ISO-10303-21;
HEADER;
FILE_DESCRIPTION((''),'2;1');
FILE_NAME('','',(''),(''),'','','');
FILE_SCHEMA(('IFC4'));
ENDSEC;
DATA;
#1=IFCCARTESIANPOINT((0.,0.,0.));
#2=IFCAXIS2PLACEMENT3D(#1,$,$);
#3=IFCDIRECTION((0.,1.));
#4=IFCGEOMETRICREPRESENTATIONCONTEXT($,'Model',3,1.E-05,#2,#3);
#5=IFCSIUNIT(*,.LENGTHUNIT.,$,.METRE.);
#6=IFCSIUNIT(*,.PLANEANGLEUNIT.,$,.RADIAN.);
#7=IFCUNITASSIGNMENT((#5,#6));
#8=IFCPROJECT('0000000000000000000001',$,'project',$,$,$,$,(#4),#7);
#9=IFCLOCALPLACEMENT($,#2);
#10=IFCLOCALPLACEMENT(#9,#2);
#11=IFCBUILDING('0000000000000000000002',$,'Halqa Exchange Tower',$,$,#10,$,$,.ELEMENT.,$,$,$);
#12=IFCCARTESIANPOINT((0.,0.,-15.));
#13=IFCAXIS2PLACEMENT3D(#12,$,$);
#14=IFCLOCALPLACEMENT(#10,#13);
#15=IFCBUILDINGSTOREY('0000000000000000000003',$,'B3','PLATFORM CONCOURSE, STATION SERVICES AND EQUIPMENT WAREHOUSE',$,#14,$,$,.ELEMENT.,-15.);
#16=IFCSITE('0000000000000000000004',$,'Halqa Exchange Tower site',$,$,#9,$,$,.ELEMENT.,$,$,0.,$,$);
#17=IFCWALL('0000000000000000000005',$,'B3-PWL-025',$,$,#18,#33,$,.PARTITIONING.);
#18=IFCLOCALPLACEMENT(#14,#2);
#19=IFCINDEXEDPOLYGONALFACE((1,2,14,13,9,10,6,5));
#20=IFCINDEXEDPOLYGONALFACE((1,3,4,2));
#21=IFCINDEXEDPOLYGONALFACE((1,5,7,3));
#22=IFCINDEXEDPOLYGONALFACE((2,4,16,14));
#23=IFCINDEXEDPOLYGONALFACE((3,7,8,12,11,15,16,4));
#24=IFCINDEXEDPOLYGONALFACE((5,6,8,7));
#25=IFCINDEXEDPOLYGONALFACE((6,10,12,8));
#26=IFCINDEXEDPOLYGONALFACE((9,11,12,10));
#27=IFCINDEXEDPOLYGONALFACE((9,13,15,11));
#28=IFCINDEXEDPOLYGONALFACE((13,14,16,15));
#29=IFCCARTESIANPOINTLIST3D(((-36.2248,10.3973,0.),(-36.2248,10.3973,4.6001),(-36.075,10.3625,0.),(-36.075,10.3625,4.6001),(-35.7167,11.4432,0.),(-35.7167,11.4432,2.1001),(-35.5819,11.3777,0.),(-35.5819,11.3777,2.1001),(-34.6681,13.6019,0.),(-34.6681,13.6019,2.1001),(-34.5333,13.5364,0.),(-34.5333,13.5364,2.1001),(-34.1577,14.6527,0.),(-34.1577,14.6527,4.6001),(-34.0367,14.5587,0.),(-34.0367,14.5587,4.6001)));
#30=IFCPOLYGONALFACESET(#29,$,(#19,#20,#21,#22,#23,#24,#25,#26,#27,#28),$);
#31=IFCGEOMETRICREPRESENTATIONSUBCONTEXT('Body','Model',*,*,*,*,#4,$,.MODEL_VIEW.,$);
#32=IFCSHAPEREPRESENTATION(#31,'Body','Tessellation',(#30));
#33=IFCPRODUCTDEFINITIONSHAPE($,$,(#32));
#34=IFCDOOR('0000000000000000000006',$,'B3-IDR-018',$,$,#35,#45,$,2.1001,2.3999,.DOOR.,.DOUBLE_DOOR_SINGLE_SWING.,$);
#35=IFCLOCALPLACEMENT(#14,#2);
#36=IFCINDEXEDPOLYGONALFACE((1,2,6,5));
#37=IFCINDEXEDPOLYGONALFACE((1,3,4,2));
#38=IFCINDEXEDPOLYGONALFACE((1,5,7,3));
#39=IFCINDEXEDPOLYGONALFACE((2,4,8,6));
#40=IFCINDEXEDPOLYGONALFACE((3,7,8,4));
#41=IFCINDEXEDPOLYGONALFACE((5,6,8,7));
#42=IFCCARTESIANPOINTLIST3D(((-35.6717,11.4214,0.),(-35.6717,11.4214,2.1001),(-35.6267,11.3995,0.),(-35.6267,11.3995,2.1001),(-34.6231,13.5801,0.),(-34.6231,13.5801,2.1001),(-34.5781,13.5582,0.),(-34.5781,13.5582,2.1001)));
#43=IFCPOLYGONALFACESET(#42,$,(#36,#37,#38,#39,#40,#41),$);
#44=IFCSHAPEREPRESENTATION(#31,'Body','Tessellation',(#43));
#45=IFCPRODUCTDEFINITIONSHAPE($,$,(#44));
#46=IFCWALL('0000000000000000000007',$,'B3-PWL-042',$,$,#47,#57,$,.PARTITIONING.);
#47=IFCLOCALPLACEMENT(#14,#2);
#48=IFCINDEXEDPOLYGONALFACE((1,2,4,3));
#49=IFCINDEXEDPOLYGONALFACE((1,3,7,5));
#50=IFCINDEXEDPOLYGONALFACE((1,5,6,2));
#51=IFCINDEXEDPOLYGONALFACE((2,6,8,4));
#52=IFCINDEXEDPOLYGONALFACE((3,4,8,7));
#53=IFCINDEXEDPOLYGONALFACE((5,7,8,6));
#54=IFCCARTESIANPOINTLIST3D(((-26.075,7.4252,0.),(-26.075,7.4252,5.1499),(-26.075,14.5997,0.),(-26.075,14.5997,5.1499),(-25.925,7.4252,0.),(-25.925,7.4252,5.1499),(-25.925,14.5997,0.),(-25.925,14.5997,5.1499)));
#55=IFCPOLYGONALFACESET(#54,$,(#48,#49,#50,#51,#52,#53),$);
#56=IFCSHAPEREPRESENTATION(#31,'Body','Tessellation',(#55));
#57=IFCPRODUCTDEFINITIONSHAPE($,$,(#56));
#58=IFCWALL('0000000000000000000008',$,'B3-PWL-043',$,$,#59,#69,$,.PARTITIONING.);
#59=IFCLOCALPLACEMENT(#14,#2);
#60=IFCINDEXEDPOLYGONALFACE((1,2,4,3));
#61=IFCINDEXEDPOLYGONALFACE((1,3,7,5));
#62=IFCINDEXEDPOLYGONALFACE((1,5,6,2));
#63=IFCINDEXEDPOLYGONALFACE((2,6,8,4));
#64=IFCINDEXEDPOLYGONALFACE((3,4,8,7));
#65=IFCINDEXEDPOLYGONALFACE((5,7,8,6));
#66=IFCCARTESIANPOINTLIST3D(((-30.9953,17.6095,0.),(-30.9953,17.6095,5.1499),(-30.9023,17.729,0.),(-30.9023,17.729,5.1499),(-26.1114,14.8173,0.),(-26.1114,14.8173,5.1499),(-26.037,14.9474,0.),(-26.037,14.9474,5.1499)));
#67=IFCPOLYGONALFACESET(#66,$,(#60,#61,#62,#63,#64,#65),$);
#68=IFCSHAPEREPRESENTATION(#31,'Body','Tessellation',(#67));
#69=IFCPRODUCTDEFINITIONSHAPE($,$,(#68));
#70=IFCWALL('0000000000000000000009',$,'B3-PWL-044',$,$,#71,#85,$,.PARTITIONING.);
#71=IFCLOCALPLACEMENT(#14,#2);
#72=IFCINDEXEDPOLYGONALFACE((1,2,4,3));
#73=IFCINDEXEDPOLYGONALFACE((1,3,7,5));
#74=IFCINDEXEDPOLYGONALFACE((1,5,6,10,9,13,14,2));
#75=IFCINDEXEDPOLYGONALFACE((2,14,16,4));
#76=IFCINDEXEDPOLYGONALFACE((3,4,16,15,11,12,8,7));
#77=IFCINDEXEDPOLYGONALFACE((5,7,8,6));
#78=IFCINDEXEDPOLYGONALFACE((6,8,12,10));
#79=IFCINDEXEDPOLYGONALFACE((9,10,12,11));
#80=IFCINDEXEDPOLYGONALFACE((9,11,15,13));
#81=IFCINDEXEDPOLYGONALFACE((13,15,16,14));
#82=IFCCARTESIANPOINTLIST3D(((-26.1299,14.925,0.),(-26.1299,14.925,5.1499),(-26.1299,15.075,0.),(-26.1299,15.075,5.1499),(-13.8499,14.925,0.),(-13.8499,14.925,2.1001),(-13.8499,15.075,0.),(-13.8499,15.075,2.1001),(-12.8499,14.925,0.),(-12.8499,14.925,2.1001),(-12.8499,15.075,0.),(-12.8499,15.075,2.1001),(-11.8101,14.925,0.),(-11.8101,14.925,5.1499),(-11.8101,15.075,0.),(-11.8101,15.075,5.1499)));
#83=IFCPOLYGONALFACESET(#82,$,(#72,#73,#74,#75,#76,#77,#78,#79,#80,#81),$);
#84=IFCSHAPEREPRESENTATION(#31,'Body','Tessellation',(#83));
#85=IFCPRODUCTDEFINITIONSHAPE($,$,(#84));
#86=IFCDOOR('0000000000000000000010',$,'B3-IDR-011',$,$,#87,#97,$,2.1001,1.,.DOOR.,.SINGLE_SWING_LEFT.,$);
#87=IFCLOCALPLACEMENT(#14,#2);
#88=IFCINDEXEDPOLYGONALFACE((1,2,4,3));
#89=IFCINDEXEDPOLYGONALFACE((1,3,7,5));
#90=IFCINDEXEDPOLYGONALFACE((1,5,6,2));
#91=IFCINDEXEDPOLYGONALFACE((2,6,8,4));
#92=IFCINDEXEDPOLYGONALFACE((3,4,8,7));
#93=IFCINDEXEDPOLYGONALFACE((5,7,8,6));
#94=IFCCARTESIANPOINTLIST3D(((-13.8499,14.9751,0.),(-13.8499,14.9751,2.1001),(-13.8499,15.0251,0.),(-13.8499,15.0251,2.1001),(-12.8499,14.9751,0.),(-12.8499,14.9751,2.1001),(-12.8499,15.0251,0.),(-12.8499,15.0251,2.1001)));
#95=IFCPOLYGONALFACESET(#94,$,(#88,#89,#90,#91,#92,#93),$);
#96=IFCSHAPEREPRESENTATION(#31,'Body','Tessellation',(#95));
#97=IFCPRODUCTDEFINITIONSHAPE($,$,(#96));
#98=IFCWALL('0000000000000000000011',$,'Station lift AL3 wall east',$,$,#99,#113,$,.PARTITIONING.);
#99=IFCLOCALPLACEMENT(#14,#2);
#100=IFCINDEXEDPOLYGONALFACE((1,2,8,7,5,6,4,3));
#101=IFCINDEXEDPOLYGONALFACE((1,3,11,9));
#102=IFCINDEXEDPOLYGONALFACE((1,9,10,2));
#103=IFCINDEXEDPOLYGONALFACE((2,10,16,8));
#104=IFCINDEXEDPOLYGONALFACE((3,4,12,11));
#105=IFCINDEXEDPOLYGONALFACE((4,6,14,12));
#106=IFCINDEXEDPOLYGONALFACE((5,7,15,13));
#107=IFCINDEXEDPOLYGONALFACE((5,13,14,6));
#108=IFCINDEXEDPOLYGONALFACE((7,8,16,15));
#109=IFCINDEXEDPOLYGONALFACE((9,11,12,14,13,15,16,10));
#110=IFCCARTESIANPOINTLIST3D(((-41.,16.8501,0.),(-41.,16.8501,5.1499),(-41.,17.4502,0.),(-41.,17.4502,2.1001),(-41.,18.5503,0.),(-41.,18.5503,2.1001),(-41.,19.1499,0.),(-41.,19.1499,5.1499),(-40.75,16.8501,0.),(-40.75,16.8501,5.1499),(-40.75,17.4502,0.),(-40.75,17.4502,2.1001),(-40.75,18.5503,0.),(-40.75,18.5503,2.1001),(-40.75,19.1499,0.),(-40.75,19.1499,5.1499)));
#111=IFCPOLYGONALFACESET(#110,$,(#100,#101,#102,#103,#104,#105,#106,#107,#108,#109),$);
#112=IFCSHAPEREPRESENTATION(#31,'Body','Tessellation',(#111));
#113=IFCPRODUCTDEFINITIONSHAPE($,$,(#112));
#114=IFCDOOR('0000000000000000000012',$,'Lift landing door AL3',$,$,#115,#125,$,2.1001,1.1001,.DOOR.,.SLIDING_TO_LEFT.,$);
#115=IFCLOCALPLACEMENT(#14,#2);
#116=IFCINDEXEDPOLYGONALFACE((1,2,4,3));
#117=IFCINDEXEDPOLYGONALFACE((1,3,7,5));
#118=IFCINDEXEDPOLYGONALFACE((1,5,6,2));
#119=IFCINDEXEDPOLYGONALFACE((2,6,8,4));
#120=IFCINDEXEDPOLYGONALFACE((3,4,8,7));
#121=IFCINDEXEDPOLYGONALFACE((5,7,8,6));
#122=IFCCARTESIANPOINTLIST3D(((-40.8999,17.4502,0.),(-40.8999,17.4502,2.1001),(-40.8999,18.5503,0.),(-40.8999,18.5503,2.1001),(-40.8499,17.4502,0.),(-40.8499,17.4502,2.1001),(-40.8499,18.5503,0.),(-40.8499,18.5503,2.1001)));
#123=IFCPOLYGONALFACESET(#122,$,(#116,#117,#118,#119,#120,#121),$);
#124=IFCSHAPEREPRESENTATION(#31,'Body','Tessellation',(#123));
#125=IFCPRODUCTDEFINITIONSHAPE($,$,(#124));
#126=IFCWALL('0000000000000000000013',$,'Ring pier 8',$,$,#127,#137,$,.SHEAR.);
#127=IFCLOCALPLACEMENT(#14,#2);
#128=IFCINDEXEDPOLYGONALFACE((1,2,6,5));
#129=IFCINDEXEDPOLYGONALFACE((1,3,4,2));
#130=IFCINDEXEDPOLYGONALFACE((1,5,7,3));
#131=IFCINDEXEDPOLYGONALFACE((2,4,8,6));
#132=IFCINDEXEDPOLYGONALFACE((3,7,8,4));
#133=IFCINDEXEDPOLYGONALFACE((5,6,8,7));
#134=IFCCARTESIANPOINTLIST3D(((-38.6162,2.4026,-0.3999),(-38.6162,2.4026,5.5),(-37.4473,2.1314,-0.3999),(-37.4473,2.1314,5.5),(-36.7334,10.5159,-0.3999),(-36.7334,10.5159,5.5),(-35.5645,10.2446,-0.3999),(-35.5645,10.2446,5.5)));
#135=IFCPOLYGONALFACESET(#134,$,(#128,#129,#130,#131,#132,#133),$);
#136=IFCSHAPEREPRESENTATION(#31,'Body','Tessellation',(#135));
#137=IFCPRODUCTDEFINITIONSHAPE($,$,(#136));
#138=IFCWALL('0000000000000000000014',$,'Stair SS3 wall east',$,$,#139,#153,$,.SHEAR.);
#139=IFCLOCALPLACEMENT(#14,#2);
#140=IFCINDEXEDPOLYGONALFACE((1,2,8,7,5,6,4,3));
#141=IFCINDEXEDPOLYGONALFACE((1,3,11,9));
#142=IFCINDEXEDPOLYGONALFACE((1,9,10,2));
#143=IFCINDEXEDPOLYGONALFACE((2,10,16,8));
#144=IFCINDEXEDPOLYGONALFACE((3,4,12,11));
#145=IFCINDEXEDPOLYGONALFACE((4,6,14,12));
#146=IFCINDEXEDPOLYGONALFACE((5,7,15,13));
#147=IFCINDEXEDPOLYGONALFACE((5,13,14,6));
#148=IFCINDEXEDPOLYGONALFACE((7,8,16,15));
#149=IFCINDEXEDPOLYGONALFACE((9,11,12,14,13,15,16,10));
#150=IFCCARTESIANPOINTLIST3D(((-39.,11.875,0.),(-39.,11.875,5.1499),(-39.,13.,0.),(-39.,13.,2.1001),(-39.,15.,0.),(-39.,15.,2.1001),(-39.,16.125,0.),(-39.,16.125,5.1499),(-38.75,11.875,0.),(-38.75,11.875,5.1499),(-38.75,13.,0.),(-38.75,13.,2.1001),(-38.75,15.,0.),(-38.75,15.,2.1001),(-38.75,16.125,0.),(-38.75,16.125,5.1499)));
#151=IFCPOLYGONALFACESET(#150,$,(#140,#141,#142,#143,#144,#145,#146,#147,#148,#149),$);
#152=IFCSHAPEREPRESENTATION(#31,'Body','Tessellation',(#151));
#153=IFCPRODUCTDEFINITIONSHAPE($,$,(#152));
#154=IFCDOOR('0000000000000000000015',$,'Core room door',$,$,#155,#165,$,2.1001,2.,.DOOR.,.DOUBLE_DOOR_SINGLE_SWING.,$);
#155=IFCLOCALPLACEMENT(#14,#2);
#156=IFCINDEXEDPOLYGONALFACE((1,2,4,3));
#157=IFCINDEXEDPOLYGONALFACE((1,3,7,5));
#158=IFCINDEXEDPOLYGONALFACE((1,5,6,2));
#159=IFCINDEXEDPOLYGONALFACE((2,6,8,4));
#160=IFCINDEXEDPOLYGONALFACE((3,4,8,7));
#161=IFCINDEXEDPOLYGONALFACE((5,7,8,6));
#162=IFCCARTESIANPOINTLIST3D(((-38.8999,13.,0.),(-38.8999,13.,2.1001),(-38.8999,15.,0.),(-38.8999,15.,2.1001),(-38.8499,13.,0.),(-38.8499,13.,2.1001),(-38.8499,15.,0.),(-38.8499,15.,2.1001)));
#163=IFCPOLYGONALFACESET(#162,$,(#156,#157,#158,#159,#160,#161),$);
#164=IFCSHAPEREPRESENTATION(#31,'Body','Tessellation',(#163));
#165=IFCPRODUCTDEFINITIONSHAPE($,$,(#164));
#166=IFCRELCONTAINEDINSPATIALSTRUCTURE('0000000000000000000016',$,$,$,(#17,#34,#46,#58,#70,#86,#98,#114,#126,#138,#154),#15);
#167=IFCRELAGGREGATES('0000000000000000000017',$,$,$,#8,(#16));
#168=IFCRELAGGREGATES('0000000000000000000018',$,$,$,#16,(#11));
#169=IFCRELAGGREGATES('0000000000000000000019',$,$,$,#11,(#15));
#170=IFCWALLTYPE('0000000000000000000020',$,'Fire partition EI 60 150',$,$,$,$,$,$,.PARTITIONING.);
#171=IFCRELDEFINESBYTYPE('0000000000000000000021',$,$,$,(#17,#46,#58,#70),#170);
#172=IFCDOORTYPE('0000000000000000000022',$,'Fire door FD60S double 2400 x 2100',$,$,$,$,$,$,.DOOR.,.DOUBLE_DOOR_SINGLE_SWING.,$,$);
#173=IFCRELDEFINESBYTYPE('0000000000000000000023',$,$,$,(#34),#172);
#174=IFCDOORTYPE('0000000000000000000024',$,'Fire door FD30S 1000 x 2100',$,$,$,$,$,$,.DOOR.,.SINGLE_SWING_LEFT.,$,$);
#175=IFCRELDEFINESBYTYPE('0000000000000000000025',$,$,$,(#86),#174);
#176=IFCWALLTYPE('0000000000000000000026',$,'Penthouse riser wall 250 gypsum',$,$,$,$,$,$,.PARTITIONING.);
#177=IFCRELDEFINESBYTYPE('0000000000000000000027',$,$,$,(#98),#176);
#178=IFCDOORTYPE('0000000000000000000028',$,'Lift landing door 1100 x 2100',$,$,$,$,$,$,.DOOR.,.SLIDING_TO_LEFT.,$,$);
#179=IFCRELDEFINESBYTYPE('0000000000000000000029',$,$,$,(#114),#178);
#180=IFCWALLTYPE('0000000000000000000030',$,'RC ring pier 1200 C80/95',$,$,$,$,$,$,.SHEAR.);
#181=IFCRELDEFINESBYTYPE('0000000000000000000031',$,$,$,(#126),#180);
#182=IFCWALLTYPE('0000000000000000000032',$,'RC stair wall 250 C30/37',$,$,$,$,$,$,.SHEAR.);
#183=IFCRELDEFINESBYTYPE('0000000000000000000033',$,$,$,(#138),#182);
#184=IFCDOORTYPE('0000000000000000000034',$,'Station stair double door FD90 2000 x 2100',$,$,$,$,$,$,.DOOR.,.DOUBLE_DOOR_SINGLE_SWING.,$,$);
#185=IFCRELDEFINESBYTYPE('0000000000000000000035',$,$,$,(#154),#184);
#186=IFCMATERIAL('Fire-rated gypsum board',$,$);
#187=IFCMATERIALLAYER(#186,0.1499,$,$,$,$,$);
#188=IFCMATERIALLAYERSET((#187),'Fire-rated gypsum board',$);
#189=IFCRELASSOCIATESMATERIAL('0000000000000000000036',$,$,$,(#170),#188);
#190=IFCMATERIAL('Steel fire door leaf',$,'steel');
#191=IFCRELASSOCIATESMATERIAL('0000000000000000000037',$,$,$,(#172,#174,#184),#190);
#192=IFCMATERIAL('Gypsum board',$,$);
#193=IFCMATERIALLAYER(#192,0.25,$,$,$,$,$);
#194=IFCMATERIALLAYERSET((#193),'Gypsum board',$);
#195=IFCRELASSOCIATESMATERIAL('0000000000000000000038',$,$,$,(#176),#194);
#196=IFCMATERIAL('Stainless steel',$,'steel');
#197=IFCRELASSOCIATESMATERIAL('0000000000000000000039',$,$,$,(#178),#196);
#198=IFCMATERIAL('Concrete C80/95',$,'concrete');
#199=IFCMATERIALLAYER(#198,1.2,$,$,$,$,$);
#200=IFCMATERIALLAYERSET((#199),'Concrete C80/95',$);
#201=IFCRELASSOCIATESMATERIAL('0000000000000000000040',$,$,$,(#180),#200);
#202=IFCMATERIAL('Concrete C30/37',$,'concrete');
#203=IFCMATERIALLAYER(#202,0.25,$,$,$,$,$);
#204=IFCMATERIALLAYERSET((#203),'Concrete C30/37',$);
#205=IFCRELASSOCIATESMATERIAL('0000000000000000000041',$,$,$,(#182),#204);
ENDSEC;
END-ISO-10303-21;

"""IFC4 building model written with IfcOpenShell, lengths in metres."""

from ifc_helpers import new_model, si_unit, direction, frame, frame_2d, origin, place, context, subcontext, project, spatial, polyline, rectangle, outline, extrude, material, layer, layer_set, type_object, element, fill, save


model = new_model("IFC4")

# Units and contexts
model_context = context("Model", 3, precision=1e-05, world=origin(), true_north=direction((0.0, 1.0)))
body_context = subcontext(model_context, "Body", "Model", "MODEL_VIEW")
ifc_project = project(units=[si_unit("LENGTHUNIT", "METRE"), si_unit("PLANEANGLEUNIT", "RADIAN")], contexts=[model_context])

# Site, building, storey
site_placement = place(None, origin())
site = spatial("IfcSite", under=ifc_project, at=site_placement, Name="Halqa Exchange Tower site", CompositionType="ELEMENT", RefElevation=0.0)
building_placement = place(site_placement, origin())
building = spatial("IfcBuilding", under=site, at=building_placement, Name="Halqa Exchange Tower", CompositionType="ELEMENT")
storey_placement = place(building_placement, frame((0.0, 0.0, -15.0)))
storey = spatial("IfcBuildingStorey", under=building, at=storey_placement, Name="B3", Description="PLATFORM CONCOURSE, STATION SERVICES AND EQUIPMENT WAREHOUSE", CompositionType="ELEMENT", Elevation=-15.0)

# Shared definitions
ifc_material_1 = material(Name="Fire-rated gypsum board")
ifc_layer_1 = layer(ifc_material_1, 0.1499)
ifc_layer_set_1 = layer_set([ifc_layer_1], Name="Fire-rated gypsum board")
wall_type_1 = type_object("IfcWallType", Name="Fire partition EI 60 150", PredefinedType="PARTITIONING", material=ifc_layer_set_1)

# Wall, opening, door
wall_1_placement = place(storey_placement, frame((-36.1499, 10.3799, 0.0), z_axis=(0.0, 0.0, 1.0), x_axis=(0.436936, 0.899492, 0.0)))
wall_1 = element("IfcWall", 1, at=wall_1_placement, inside=storey, type_object=wall_type_1, Name="B3-PWL-025", PredefinedType="PARTITIONING", context=body_context, shape_type="SweptSolid", body=[
    extrude(outline(polyline([(0.0171, -0.075), (4.6821, -0.075), (4.7139, 0.075), (-0.0171, 0.075), (0.0171, -0.075)])), origin(), (0.0, 0.0, 1.0), 4.6001),
])
opening_1_placement = place(wall_1_placement, frame((1.1458, 0.0, 0.0)))
opening_1 = element("IfcOpeningElement", 2, at=opening_1_placement, cuts=wall_1, PredefinedType="OPENING", context=body_context, shape_type="SweptSolid", body=[
    extrude(rectangle(XDim=2.3999, YDim=2.1001, at=frame_2d((1.2, 1.05))), frame((0.0, 0.0869, 0.0), z_axis=(0.0, -1.0, 0.0), x_axis=(1.0, 0.0, 0.0)), (0.0, 0.0, 1.0), 0.1738),
])
ifc_material_2 = material(Name="Steel fire door leaf", Category="steel")
door_type_1 = type_object("IfcDoorType", Name="Fire door FD60S double 2400 x 2100", OperationType="DOUBLE_DOOR_SINGLE_SWING", PredefinedType="DOOR", material=ifc_material_2)
door_1_placement = place(opening_1_placement, origin())
door_1 = element("IfcDoor", 3, at=door_1_placement, inside=storey, type_object=door_type_1, Name="B3-IDR-018", OperationType="DOUBLE_DOOR_SINGLE_SWING", OverallHeight=2.1001, OverallWidth=2.3999, PredefinedType="DOOR", context=body_context, shape_type="SweptSolid", body=[
    extrude(rectangle(XDim=2.3999, YDim=2.1001, at=frame_2d((1.2, 1.05))), frame((0.0, 0.0249, 0.0), z_axis=(0.0, -1.0, 0.0), x_axis=(1.0, 0.0, 0.0)), (0.0, 0.0, 1.0), 0.05),
])
fill(opening_1, door_1)

# Walls
wall_2_placement = place(storey_placement, frame((-26.0, 7.425, 0.0), z_axis=(0.0, 0.0, 1.0), x_axis=(0.0, 1.0, 0.0)))
element("IfcWall", 4, at=wall_2_placement, inside=storey, type_object=wall_type_1, Name="B3-PWL-042", PredefinedType="PARTITIONING", context=body_context, shape_type="SweptSolid", body=[
    extrude(rectangle(XDim=7.1746, YDim=0.1499, at=frame_2d((3.5874, 0.0))), origin(), (0.0, 0.0, 1.0), 5.1499),
])
wall_3_placement = place(storey_placement, frame((-26.0742, 14.8823, 0.0), z_axis=(0.0, 0.0, 1.0), x_axis=(-0.868133, 0.496331, 0.0)))
element("IfcWall", 5, at=wall_3_placement, inside=storey, type_object=wall_type_1, Name="B3-PWL-043", PredefinedType="PARTITIONING", context=body_context, shape_type="SweptSolid", body=[
    extrude(outline(polyline([(0.0, -0.075), (5.6042, -0.075), (5.6257, 0.075), (0.0, 0.075), (0.0, -0.075)])), origin(), (0.0, 0.0, 1.0), 5.1499),
])

# Walls, openings, doors
wall_4_placement = place(storey_placement, frame((-26.1299, 15.0, 0.0), z_axis=(0.0, 0.0, 1.0), x_axis=(1.0, 0.0, 0.0)))
wall_4 = element("IfcWall", 6, at=wall_4_placement, inside=storey, type_object=wall_type_1, Name="B3-PWL-044", PredefinedType="PARTITIONING", context=body_context, shape_type="SweptSolid", body=[
    extrude(rectangle(XDim=14.3198, YDim=0.1499, at=frame_2d((7.1599, 0.0))), origin(), (0.0, 0.0, 1.0), 5.1499),
])
opening_2_placement = place(wall_4_placement, frame((12.28, 0.0, 0.0)))
opening_2 = element("IfcOpeningElement", 7, at=opening_2_placement, cuts=wall_4, PredefinedType="OPENING", context=body_context, shape_type="SweptSolid", body=[
    extrude(rectangle(XDim=1.0, YDim=2.1001, at=frame_2d((0.5, 1.05))), frame((0.0, 0.0869, 0.0), z_axis=(0.0, -1.0, 0.0), x_axis=(1.0, 0.0, 0.0)), (0.0, 0.0, 1.0), 0.1738),
])
door_type_2 = type_object("IfcDoorType", Name="Fire door FD30S 1000 x 2100", OperationType="SINGLE_SWING_LEFT", PredefinedType="DOOR", material=ifc_material_2)
door_2_placement = place(opening_2_placement, frame((1.0, 0.0, 0.0), z_axis=(0.0, 0.0, 1.0), x_axis=(-1.0, 0.0, 0.0)))
door_2 = element("IfcDoor", 8, at=door_2_placement, inside=storey, type_object=door_type_2, Name="B3-IDR-011", OperationType="SINGLE_SWING_LEFT", OverallHeight=2.1001, OverallWidth=1.0, PredefinedType="DOOR", context=body_context, shape_type="SweptSolid", body=[
    extrude(rectangle(XDim=1.0, YDim=2.1001, at=frame_2d((0.5, 1.05))), frame((0.0, 0.0249, 0.0), z_axis=(0.0, -1.0, 0.0), x_axis=(1.0, 0.0, 0.0)), (0.0, 0.0, 1.0), 0.05),
])
fill(opening_2, door_2)
ifc_material_3 = material(Name="Gypsum board")
ifc_layer_2 = layer(ifc_material_3, 0.25)
ifc_layer_set_2 = layer_set([ifc_layer_2], Name="Gypsum board")
wall_type_2 = type_object("IfcWallType", Name="Penthouse riser wall 250 gypsum", PredefinedType="PARTITIONING", material=ifc_layer_set_2)
wall_5_placement = place(storey_placement, frame((-40.875, 16.8501, 0.0), z_axis=(0.0, 0.0, 1.0), x_axis=(0.0, 1.0, 0.0)))
wall_5 = element("IfcWall", 9, at=wall_5_placement, inside=storey, type_object=wall_type_2, Name="Station lift AL3 wall east", PredefinedType="PARTITIONING", context=body_context, shape_type="SweptSolid", body=[
    extrude(rectangle(XDim=2.2998, YDim=0.25, at=frame_2d((1.1499, 0.0))), origin(), (0.0, 0.0, 1.0), 5.1499),
])
opening_3_placement = place(wall_5_placement, frame((0.6001, 0.0, 0.0)))
opening_3 = element("IfcOpeningElement", 10, at=opening_3_placement, cuts=wall_5, PredefinedType="OPENING", context=body_context, shape_type="SweptSolid", body=[
    extrude(rectangle(XDim=1.1001, YDim=2.1001, at=frame_2d((0.55, 1.05))), frame((0.0, 0.137, 0.0), z_axis=(0.0, -1.0, 0.0), x_axis=(1.0, 0.0, 0.0)), (0.0, 0.0, 1.0), 0.2739),
])
ifc_material_4 = material(Name="Stainless steel", Category="steel")
door_type_3 = type_object("IfcDoorType", Name="Lift landing door 1100 x 2100", OperationType="SLIDING_TO_LEFT", PredefinedType="DOOR", material=ifc_material_4)
door_3_placement = place(opening_3_placement, origin())
door_3 = element("IfcDoor", 11, at=door_3_placement, inside=storey, type_object=door_type_3, Name="Lift landing door AL3", OperationType="SLIDING_TO_LEFT", OverallHeight=2.1001, OverallWidth=1.1001, PredefinedType="DOOR", context=body_context, shape_type="SweptSolid", body=[
    extrude(rectangle(XDim=1.1001, YDim=2.1001, at=frame_2d((0.55, 1.05))), frame((0.0, 0.0249, 0.0), z_axis=(0.0, -1.0, 0.0), x_axis=(1.0, 0.0, 0.0)), (0.0, 0.0, 1.0), 0.05),
])
fill(opening_3, door_3)

# Wall
ifc_material_5 = material(Name="Concrete C80/95", Category="concrete")
ifc_layer_3 = layer(ifc_material_5, 1.2)
ifc_layer_set_3 = layer_set([ifc_layer_3], Name="Concrete C80/95")
wall_type_3 = type_object("IfcWallType", Name="RC ring pier 1200 C80/95", PredefinedType="SHEAR", material=ifc_layer_set_3)
wall_6_placement = place(storey_placement, frame((-36.1489, 10.3804, -0.3999), z_axis=(0.0, 0.0, 1.0), x_axis=(-0.226058, -0.974114, 0.0)))
element("IfcWall", 12, at=wall_6_placement, inside=storey, type_object=wall_type_3, Name="Ring pier 8", PredefinedType="SHEAR", context=body_context, shape_type="SweptSolid", body=[
    extrude(rectangle(XDim=8.3289, YDim=1.2, at=frame_2d((4.1646, 0.0))), origin(), (0.0, 0.0, 1.0), 5.8999),
])

# Wall, opening, door
ifc_material_6 = material(Name="Concrete C30/37", Category="concrete")
ifc_layer_4 = layer(ifc_material_6, 0.25)
ifc_layer_set_4 = layer_set([ifc_layer_4], Name="Concrete C30/37")
wall_type_4 = type_object("IfcWallType", Name="RC stair wall 250 C30/37", PredefinedType="SHEAR", material=ifc_layer_set_4)
wall_7_placement = place(storey_placement, frame((-38.875, 11.875, 0.0), z_axis=(0.0, 0.0, 1.0), x_axis=(0.0, 1.0, 0.0)))
wall_7 = element("IfcWall", 13, at=wall_7_placement, inside=storey, type_object=wall_type_4, Name="Stair SS3 wall east", PredefinedType="SHEAR", context=body_context, shape_type="SweptSolid", body=[
    extrude(rectangle(XDim=4.25, YDim=0.25, at=frame_2d((2.125, 0.0))), origin(), (0.0, 0.0, 1.0), 5.1499),
])
opening_4_placement = place(wall_7_placement, frame((1.125, 0.0, 0.0)))
opening_4 = element("IfcOpeningElement", 14, at=opening_4_placement, cuts=wall_7, PredefinedType="OPENING", context=body_context, shape_type="SweptSolid", body=[
    extrude(rectangle(XDim=2.0, YDim=2.1001, at=frame_2d((1.0, 1.05))), frame((0.0, 0.137, 0.0), z_axis=(0.0, -1.0, 0.0), x_axis=(1.0, 0.0, 0.0)), (0.0, 0.0, 1.0), 0.2739),
])
door_type_4 = type_object("IfcDoorType", Name="Station stair double door FD90 2000 x 2100", OperationType="DOUBLE_DOOR_SINGLE_SWING", PredefinedType="DOOR", material=ifc_material_2)
door_4_placement = place(opening_4_placement, origin())
door_4 = element("IfcDoor", 15, at=door_4_placement, inside=storey, type_object=door_type_4, Name="Core room door", OperationType="DOUBLE_DOOR_SINGLE_SWING", OverallHeight=2.1001, OverallWidth=2.0, PredefinedType="DOOR", context=body_context, shape_type="SweptSolid", body=[
    extrude(rectangle(XDim=2.0, YDim=2.1001, at=frame_2d((1.0, 1.05))), frame((0.0, 0.0249, 0.0), z_axis=(0.0, -1.0, 0.0), x_axis=(1.0, 0.0, 0.0)), (0.0, 0.0, 1.0), 0.05),
])
fill(opening_4, door_4)

save(model, "model.ifc")
